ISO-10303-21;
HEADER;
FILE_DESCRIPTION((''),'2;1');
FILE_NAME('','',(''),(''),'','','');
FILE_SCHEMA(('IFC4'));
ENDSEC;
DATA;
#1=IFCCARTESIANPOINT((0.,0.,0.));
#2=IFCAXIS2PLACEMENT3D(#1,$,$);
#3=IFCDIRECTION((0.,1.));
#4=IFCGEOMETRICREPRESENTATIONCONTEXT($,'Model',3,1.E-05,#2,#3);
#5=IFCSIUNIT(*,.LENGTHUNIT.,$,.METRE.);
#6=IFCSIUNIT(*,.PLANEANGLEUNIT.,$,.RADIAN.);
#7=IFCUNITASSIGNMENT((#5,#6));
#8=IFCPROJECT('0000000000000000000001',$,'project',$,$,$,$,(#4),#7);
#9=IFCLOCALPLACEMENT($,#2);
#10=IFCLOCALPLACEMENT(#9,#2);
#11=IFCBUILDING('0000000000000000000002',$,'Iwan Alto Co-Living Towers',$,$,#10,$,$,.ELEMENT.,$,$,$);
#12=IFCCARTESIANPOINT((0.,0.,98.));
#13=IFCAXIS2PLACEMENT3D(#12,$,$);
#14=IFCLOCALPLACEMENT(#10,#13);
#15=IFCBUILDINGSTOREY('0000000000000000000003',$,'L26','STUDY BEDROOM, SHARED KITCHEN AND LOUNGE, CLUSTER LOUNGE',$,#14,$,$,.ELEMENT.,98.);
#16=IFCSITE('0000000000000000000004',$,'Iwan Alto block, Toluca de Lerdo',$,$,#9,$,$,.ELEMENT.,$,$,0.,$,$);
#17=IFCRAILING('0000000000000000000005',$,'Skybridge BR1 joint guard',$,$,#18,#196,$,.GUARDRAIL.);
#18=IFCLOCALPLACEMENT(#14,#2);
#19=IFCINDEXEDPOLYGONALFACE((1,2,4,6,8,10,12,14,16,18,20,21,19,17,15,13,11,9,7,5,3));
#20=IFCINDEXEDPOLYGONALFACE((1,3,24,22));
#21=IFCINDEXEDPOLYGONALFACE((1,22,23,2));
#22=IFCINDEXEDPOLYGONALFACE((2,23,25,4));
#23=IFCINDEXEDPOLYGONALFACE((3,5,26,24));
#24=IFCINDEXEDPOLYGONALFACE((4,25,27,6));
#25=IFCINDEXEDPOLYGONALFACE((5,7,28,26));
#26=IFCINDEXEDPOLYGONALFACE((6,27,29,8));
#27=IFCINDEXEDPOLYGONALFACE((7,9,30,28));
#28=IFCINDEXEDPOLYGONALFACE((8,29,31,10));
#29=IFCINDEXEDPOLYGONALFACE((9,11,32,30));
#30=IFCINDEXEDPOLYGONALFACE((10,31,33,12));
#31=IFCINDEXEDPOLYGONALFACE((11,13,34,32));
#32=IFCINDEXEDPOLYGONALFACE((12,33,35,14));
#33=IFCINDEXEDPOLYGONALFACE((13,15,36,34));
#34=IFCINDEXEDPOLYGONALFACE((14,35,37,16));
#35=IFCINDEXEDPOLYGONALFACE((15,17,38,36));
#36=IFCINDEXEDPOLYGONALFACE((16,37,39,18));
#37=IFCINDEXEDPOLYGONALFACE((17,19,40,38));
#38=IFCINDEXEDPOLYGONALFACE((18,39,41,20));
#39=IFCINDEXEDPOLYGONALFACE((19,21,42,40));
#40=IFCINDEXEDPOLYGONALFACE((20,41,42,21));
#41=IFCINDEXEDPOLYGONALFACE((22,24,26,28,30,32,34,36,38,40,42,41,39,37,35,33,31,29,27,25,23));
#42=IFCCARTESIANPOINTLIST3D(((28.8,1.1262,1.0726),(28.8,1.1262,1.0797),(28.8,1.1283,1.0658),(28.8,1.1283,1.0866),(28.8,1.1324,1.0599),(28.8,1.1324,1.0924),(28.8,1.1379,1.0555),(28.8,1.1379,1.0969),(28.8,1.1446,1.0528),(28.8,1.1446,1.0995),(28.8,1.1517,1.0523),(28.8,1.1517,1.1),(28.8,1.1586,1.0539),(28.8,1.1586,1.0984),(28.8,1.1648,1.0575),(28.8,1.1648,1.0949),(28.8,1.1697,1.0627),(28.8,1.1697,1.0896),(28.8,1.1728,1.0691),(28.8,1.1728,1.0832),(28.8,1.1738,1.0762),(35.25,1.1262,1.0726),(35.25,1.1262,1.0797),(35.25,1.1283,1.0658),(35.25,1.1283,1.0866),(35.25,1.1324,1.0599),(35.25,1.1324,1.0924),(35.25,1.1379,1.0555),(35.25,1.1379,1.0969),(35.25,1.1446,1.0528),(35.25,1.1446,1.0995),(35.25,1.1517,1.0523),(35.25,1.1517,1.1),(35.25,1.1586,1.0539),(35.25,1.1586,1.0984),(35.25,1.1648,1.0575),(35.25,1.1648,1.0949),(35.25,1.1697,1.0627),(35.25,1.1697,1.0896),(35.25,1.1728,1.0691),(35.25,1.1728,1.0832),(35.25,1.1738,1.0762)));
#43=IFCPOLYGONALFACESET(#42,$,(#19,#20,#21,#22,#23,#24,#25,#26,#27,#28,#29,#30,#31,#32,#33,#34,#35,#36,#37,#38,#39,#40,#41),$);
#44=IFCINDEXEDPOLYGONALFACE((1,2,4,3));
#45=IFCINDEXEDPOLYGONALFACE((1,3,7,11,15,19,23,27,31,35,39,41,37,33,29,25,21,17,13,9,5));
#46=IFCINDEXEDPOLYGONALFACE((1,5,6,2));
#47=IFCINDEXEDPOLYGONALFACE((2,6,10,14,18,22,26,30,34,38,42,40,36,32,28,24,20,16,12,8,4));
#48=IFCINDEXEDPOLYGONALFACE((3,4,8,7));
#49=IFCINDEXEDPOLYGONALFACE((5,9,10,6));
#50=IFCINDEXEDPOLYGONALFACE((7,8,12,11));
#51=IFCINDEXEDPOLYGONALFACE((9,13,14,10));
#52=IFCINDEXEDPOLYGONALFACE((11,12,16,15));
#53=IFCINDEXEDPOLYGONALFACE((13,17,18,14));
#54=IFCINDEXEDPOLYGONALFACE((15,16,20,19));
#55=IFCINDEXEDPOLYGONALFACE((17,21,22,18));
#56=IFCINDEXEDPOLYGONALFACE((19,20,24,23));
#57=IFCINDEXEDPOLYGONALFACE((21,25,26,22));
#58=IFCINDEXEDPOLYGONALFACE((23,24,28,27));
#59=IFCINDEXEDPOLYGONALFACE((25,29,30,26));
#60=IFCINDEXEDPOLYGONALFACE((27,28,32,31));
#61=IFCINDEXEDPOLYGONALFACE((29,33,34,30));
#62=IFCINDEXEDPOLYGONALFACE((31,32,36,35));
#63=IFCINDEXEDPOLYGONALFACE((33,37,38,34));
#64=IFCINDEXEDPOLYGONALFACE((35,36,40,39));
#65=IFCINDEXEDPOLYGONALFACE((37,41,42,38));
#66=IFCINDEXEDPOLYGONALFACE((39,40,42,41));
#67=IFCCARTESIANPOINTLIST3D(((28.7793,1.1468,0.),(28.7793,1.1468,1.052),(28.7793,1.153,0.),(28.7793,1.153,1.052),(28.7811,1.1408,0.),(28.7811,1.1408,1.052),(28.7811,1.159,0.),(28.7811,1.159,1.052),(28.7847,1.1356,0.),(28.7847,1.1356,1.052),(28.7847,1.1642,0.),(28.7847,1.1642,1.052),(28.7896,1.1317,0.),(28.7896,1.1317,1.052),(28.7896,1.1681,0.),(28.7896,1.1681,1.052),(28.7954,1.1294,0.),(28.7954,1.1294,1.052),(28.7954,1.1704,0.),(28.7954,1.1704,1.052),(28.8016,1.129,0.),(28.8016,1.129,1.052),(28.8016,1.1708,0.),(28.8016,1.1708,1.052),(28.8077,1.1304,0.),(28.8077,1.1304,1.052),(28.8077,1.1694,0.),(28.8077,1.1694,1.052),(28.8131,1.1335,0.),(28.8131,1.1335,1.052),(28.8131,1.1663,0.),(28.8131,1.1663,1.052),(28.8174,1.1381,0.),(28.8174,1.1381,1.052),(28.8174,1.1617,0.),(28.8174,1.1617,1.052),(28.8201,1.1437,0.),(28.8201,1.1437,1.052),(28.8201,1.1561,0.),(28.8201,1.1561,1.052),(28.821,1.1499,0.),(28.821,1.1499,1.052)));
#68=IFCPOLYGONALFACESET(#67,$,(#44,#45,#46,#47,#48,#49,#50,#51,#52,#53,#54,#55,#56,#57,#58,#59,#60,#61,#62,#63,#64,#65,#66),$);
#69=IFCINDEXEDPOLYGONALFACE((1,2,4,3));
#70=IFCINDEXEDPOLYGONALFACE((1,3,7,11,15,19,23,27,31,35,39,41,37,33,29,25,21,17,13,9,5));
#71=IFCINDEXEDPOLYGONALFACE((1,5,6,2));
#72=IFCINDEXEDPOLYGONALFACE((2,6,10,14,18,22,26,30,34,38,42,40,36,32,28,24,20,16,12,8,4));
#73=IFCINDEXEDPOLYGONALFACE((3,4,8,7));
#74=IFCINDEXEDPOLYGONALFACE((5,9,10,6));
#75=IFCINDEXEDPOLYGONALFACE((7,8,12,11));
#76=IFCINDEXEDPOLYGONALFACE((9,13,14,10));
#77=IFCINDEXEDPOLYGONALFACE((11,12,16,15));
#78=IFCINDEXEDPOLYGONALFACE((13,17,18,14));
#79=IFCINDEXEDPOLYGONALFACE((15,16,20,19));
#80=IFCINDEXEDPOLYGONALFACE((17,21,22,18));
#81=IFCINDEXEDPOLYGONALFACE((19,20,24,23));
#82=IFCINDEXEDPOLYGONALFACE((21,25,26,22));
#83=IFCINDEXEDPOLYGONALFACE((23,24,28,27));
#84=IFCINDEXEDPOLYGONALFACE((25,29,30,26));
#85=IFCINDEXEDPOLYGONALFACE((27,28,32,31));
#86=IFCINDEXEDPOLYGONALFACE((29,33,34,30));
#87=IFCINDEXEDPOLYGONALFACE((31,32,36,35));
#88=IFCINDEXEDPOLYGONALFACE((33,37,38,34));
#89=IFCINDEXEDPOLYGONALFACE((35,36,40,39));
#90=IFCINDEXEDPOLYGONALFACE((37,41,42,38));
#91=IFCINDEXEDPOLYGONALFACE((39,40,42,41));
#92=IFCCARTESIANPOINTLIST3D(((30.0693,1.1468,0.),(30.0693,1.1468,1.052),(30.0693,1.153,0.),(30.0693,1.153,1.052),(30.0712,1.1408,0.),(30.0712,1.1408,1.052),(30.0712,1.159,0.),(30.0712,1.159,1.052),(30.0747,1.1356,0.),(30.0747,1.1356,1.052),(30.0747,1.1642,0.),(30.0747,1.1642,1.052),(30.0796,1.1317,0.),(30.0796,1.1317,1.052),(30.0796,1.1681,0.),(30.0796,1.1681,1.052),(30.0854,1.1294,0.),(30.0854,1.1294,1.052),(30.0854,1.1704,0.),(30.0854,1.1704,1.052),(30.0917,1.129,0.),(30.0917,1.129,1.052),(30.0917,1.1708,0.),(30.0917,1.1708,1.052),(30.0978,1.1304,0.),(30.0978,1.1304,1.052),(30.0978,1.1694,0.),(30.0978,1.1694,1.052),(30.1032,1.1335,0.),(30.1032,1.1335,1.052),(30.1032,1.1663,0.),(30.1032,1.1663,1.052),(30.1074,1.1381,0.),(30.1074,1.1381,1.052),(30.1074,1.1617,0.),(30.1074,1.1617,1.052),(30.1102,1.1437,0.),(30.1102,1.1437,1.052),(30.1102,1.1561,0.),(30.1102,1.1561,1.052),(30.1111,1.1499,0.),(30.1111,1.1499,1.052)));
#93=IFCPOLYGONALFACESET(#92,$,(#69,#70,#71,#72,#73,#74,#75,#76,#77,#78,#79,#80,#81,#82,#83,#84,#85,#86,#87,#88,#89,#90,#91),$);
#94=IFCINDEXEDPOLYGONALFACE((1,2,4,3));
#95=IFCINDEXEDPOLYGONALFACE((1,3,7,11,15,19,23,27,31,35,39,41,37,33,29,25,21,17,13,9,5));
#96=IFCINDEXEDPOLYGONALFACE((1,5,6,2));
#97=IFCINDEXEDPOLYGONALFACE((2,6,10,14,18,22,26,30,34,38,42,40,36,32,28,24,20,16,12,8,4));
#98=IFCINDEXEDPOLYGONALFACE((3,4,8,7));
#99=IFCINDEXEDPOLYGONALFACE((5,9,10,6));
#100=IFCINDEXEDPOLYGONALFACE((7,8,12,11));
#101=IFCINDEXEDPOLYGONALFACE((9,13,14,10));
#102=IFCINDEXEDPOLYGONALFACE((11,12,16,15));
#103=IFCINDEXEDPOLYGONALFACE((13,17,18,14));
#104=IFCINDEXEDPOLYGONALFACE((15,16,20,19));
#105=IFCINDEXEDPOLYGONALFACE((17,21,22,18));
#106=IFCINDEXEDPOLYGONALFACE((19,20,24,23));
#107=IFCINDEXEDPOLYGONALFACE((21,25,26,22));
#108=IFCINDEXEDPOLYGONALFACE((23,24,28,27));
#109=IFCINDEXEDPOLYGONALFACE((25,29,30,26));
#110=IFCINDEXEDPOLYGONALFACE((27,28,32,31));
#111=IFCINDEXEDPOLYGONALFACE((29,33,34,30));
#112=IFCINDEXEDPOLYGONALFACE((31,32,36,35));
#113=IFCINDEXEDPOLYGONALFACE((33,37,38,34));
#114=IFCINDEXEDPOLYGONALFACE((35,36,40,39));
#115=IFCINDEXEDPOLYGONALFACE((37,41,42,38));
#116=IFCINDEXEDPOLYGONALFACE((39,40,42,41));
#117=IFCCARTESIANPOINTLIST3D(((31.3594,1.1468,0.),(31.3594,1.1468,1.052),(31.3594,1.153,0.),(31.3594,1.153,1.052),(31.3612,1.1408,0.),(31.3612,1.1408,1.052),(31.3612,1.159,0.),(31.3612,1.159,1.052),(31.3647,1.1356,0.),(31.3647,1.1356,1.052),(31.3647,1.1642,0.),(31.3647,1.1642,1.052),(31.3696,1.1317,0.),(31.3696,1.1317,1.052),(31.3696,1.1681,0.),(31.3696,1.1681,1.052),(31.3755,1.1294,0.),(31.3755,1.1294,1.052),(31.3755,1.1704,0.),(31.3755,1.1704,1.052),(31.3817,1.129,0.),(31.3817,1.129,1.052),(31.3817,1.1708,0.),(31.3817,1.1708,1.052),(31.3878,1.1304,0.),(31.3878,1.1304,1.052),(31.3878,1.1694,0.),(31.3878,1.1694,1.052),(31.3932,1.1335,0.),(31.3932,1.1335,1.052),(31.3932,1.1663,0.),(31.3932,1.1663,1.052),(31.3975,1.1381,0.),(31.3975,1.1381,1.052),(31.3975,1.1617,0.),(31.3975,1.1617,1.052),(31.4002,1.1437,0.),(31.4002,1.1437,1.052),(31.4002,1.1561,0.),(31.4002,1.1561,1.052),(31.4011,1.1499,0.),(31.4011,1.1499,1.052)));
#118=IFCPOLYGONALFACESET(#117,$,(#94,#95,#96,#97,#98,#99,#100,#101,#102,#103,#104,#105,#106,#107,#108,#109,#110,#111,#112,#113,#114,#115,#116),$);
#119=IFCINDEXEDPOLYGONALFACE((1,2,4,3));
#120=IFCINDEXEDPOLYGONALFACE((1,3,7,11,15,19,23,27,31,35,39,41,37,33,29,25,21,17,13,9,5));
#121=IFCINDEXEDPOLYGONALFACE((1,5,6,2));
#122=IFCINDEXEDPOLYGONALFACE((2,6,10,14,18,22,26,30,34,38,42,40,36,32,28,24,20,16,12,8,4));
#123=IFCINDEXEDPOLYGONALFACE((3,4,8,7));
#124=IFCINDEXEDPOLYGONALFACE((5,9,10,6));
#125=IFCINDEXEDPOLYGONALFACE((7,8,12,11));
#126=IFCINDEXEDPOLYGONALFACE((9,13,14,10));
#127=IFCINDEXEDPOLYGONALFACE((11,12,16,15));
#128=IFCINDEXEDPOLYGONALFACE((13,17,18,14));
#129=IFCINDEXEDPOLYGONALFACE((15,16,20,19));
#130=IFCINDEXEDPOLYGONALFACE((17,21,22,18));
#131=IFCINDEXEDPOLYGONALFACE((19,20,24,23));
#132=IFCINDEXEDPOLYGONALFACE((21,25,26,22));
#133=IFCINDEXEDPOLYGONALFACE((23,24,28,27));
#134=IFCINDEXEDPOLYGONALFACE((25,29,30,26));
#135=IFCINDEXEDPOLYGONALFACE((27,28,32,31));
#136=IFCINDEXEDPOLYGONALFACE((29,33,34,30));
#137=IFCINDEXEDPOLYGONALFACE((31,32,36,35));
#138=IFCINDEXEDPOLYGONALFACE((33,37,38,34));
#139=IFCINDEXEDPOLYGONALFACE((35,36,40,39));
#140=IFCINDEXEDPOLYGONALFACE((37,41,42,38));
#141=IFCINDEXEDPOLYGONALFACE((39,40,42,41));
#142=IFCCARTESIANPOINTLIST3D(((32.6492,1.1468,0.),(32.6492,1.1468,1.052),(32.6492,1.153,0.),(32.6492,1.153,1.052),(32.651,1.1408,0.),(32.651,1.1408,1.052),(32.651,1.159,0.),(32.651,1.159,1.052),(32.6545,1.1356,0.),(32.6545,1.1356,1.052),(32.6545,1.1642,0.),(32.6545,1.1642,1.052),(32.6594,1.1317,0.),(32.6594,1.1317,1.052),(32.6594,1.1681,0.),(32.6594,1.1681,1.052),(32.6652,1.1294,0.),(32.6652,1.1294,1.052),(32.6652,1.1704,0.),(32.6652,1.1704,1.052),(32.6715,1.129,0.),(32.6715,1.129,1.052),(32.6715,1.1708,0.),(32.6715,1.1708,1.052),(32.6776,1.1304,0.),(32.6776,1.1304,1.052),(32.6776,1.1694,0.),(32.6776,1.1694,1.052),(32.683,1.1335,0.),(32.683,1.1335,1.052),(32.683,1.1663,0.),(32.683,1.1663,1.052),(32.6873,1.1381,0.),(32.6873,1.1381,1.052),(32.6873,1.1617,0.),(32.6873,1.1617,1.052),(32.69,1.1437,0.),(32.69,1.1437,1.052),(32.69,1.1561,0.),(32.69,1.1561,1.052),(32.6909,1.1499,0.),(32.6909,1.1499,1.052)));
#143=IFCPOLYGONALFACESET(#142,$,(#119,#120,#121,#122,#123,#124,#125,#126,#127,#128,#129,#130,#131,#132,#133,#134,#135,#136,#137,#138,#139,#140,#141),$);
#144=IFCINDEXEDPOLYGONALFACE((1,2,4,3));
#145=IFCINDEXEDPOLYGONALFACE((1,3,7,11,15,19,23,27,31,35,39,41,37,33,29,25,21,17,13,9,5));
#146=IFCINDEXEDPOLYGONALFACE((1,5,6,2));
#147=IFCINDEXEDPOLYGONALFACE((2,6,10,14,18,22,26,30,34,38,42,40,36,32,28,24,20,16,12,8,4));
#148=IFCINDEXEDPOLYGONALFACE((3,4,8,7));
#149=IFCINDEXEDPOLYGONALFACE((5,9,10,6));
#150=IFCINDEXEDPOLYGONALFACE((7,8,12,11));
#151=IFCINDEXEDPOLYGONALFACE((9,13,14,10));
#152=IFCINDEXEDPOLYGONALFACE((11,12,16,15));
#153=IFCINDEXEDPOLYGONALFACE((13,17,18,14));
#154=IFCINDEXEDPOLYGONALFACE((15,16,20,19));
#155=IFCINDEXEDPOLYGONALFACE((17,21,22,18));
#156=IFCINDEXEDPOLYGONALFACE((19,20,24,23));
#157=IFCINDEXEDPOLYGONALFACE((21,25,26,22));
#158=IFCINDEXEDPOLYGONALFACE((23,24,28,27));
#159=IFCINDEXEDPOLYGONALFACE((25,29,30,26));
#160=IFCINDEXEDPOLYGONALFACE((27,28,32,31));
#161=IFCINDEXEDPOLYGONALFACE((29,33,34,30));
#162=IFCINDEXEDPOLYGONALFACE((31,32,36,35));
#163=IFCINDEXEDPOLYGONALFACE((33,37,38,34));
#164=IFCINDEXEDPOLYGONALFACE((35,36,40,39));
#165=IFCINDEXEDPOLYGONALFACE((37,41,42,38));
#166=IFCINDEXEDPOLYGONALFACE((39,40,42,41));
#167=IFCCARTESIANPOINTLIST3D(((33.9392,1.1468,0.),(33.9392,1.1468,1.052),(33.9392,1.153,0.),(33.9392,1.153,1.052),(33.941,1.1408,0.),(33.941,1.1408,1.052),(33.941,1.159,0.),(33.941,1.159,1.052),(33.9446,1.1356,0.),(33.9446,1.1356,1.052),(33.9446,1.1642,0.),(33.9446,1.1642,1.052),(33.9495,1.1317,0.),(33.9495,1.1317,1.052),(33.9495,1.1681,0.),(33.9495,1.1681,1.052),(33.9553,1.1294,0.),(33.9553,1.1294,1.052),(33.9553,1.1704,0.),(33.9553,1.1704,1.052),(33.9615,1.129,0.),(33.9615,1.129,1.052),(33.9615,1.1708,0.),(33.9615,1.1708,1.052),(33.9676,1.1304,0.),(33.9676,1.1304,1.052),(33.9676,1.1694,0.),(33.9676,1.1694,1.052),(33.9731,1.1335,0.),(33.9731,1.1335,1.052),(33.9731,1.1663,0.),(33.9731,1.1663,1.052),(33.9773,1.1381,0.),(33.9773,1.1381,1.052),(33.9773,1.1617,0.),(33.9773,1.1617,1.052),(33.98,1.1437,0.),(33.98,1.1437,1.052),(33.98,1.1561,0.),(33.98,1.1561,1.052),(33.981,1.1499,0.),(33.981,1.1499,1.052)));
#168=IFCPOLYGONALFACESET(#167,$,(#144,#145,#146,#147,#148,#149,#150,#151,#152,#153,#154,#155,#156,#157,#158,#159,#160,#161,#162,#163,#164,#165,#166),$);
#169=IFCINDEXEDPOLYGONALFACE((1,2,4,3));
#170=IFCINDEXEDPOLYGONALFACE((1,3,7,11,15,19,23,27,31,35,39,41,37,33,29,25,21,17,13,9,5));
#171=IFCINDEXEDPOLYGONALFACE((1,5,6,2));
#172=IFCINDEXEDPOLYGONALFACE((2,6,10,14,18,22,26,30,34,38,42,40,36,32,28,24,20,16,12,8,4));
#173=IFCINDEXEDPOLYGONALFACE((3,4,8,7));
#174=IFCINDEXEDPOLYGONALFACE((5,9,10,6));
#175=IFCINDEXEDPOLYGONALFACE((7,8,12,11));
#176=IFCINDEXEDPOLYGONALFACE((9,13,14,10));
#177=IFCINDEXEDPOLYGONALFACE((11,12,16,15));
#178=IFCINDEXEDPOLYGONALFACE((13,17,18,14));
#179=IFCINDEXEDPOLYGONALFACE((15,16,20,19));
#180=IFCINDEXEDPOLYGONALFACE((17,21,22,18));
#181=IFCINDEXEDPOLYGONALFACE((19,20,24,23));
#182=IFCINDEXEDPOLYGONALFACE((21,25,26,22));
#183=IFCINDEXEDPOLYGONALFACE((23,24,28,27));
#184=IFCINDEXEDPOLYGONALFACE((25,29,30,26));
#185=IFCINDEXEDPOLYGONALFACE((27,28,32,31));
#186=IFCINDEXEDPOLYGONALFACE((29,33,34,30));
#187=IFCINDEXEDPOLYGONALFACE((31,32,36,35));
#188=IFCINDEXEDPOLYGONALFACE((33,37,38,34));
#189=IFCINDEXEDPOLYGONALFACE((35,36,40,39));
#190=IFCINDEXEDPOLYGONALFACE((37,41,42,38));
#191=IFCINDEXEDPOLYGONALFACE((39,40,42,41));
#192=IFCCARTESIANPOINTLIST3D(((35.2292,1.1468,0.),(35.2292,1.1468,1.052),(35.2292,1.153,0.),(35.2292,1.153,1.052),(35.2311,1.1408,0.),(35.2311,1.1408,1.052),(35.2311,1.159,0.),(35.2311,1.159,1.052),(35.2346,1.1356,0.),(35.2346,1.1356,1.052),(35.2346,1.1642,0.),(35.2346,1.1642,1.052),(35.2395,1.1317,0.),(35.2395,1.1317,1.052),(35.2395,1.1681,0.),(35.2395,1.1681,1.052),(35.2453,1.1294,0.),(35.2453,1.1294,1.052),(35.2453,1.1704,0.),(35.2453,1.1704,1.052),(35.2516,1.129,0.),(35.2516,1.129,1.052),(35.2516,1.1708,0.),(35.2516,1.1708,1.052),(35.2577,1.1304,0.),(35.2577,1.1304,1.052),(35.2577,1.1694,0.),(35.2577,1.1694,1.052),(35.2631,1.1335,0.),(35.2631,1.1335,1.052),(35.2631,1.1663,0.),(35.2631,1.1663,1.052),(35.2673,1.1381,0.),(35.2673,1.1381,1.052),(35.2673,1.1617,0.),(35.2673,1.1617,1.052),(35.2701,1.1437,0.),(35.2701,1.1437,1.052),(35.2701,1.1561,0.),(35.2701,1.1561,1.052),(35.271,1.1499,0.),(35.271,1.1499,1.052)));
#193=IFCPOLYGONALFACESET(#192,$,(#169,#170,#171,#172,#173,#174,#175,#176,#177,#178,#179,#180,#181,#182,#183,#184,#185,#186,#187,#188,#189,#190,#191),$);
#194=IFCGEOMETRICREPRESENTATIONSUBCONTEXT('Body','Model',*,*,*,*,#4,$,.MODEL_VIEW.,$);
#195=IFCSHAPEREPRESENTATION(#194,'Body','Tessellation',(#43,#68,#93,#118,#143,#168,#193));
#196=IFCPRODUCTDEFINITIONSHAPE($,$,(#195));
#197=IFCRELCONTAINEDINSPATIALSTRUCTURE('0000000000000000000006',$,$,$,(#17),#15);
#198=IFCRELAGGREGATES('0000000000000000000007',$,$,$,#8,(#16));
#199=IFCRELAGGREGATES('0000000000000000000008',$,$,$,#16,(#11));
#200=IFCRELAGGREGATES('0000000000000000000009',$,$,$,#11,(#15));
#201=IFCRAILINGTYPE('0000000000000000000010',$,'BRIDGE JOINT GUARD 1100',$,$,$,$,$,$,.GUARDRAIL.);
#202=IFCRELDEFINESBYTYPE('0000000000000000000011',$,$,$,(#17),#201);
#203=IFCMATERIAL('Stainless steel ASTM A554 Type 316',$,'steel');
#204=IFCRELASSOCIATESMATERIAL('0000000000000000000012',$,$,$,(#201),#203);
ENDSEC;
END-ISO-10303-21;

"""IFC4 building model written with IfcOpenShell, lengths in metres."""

from ifc_helpers import new_model, si_unit, direction, frame, origin, origin_2d, place, context, subcontext, project, spatial, circle, extrude, material, type_object, element, save


model = new_model("IFC4")

# Units and contexts
model_context = context("Model", 3, precision=1e-05, world=origin(), true_north=direction((0.0, 1.0)))
body_context = subcontext(model_context, "Body", "Model", "MODEL_VIEW")
ifc_project = project(units=[si_unit("LENGTHUNIT", "METRE"), si_unit("PLANEANGLEUNIT", "RADIAN")], contexts=[model_context])

# Site, building, storey
site_placement = place(None, origin())
site = spatial("IfcSite", under=ifc_project, at=site_placement, Name="Iwan Alto block, Toluca de Lerdo", CompositionType="ELEMENT", RefElevation=0.0)
building_placement = place(site_placement, origin())
building = spatial("IfcBuilding", under=site, at=building_placement, Name="Iwan Alto Co-Living Towers", CompositionType="ELEMENT")
storey_placement = place(building_placement, frame((0.0, 0.0, 98.0)))
storey = spatial("IfcBuildingStorey", under=building, at=storey_placement, Name="L26", Description="STUDY BEDROOM, SHARED KITCHEN AND LOUNGE, CLUSTER LOUNGE", CompositionType="ELEMENT", Elevation=98.0)

# Railing
ifc_material_1 = material(Name="Stainless steel ASTM A554 Type 316", Category="steel")
railing_type = type_object("IfcRailingType", Name="BRIDGE JOINT GUARD 1100", PredefinedType="GUARDRAIL", material=ifc_material_1)
railing_1_placement = place(storey_placement, frame((28.8, 1.1499, 0.0)))
element("IfcRailing", 1, at=railing_1_placement, inside=storey, type_object=railing_type, Name="Skybridge BR1 joint guard", PredefinedType="GUARDRAIL", context=body_context, shape_type="SweptSolid", body=[
    extrude(circle(Radius=0.0239, at=origin_2d()), frame((0.0, 0.0, 1.0762), z_axis=(1.0, 0.0, 0.0), x_axis=(0.0, 1.0, 0.0)), (0.0, 0.0, 1.0), 6.45),
    extrude(circle(Radius=0.021, at=origin_2d()), origin(), (0.0, 0.0, 1.0), 1.052),
    extrude(circle(Radius=0.021, at=origin_2d()), frame((1.29, 0.0, 0.0)), (0.0, 0.0, 1.0), 1.052),
    extrude(circle(Radius=0.021, at=origin_2d()), frame((2.5801, 0.0, 0.0)), (0.0, 0.0, 1.0), 1.052),
    extrude(circle(Radius=0.021, at=origin_2d()), frame((3.8699, 0.0, 0.0)), (0.0, 0.0, 1.0), 1.052),
    extrude(circle(Radius=0.021, at=origin_2d()), frame((5.1599, 0.0, 0.0)), (0.0, 0.0, 1.0), 1.052),
    extrude(circle(Radius=0.021, at=origin_2d()), frame((6.45, 0.0, 0.0)), (0.0, 0.0, 1.0), 1.052),
])

save(model, "model.ifc")
